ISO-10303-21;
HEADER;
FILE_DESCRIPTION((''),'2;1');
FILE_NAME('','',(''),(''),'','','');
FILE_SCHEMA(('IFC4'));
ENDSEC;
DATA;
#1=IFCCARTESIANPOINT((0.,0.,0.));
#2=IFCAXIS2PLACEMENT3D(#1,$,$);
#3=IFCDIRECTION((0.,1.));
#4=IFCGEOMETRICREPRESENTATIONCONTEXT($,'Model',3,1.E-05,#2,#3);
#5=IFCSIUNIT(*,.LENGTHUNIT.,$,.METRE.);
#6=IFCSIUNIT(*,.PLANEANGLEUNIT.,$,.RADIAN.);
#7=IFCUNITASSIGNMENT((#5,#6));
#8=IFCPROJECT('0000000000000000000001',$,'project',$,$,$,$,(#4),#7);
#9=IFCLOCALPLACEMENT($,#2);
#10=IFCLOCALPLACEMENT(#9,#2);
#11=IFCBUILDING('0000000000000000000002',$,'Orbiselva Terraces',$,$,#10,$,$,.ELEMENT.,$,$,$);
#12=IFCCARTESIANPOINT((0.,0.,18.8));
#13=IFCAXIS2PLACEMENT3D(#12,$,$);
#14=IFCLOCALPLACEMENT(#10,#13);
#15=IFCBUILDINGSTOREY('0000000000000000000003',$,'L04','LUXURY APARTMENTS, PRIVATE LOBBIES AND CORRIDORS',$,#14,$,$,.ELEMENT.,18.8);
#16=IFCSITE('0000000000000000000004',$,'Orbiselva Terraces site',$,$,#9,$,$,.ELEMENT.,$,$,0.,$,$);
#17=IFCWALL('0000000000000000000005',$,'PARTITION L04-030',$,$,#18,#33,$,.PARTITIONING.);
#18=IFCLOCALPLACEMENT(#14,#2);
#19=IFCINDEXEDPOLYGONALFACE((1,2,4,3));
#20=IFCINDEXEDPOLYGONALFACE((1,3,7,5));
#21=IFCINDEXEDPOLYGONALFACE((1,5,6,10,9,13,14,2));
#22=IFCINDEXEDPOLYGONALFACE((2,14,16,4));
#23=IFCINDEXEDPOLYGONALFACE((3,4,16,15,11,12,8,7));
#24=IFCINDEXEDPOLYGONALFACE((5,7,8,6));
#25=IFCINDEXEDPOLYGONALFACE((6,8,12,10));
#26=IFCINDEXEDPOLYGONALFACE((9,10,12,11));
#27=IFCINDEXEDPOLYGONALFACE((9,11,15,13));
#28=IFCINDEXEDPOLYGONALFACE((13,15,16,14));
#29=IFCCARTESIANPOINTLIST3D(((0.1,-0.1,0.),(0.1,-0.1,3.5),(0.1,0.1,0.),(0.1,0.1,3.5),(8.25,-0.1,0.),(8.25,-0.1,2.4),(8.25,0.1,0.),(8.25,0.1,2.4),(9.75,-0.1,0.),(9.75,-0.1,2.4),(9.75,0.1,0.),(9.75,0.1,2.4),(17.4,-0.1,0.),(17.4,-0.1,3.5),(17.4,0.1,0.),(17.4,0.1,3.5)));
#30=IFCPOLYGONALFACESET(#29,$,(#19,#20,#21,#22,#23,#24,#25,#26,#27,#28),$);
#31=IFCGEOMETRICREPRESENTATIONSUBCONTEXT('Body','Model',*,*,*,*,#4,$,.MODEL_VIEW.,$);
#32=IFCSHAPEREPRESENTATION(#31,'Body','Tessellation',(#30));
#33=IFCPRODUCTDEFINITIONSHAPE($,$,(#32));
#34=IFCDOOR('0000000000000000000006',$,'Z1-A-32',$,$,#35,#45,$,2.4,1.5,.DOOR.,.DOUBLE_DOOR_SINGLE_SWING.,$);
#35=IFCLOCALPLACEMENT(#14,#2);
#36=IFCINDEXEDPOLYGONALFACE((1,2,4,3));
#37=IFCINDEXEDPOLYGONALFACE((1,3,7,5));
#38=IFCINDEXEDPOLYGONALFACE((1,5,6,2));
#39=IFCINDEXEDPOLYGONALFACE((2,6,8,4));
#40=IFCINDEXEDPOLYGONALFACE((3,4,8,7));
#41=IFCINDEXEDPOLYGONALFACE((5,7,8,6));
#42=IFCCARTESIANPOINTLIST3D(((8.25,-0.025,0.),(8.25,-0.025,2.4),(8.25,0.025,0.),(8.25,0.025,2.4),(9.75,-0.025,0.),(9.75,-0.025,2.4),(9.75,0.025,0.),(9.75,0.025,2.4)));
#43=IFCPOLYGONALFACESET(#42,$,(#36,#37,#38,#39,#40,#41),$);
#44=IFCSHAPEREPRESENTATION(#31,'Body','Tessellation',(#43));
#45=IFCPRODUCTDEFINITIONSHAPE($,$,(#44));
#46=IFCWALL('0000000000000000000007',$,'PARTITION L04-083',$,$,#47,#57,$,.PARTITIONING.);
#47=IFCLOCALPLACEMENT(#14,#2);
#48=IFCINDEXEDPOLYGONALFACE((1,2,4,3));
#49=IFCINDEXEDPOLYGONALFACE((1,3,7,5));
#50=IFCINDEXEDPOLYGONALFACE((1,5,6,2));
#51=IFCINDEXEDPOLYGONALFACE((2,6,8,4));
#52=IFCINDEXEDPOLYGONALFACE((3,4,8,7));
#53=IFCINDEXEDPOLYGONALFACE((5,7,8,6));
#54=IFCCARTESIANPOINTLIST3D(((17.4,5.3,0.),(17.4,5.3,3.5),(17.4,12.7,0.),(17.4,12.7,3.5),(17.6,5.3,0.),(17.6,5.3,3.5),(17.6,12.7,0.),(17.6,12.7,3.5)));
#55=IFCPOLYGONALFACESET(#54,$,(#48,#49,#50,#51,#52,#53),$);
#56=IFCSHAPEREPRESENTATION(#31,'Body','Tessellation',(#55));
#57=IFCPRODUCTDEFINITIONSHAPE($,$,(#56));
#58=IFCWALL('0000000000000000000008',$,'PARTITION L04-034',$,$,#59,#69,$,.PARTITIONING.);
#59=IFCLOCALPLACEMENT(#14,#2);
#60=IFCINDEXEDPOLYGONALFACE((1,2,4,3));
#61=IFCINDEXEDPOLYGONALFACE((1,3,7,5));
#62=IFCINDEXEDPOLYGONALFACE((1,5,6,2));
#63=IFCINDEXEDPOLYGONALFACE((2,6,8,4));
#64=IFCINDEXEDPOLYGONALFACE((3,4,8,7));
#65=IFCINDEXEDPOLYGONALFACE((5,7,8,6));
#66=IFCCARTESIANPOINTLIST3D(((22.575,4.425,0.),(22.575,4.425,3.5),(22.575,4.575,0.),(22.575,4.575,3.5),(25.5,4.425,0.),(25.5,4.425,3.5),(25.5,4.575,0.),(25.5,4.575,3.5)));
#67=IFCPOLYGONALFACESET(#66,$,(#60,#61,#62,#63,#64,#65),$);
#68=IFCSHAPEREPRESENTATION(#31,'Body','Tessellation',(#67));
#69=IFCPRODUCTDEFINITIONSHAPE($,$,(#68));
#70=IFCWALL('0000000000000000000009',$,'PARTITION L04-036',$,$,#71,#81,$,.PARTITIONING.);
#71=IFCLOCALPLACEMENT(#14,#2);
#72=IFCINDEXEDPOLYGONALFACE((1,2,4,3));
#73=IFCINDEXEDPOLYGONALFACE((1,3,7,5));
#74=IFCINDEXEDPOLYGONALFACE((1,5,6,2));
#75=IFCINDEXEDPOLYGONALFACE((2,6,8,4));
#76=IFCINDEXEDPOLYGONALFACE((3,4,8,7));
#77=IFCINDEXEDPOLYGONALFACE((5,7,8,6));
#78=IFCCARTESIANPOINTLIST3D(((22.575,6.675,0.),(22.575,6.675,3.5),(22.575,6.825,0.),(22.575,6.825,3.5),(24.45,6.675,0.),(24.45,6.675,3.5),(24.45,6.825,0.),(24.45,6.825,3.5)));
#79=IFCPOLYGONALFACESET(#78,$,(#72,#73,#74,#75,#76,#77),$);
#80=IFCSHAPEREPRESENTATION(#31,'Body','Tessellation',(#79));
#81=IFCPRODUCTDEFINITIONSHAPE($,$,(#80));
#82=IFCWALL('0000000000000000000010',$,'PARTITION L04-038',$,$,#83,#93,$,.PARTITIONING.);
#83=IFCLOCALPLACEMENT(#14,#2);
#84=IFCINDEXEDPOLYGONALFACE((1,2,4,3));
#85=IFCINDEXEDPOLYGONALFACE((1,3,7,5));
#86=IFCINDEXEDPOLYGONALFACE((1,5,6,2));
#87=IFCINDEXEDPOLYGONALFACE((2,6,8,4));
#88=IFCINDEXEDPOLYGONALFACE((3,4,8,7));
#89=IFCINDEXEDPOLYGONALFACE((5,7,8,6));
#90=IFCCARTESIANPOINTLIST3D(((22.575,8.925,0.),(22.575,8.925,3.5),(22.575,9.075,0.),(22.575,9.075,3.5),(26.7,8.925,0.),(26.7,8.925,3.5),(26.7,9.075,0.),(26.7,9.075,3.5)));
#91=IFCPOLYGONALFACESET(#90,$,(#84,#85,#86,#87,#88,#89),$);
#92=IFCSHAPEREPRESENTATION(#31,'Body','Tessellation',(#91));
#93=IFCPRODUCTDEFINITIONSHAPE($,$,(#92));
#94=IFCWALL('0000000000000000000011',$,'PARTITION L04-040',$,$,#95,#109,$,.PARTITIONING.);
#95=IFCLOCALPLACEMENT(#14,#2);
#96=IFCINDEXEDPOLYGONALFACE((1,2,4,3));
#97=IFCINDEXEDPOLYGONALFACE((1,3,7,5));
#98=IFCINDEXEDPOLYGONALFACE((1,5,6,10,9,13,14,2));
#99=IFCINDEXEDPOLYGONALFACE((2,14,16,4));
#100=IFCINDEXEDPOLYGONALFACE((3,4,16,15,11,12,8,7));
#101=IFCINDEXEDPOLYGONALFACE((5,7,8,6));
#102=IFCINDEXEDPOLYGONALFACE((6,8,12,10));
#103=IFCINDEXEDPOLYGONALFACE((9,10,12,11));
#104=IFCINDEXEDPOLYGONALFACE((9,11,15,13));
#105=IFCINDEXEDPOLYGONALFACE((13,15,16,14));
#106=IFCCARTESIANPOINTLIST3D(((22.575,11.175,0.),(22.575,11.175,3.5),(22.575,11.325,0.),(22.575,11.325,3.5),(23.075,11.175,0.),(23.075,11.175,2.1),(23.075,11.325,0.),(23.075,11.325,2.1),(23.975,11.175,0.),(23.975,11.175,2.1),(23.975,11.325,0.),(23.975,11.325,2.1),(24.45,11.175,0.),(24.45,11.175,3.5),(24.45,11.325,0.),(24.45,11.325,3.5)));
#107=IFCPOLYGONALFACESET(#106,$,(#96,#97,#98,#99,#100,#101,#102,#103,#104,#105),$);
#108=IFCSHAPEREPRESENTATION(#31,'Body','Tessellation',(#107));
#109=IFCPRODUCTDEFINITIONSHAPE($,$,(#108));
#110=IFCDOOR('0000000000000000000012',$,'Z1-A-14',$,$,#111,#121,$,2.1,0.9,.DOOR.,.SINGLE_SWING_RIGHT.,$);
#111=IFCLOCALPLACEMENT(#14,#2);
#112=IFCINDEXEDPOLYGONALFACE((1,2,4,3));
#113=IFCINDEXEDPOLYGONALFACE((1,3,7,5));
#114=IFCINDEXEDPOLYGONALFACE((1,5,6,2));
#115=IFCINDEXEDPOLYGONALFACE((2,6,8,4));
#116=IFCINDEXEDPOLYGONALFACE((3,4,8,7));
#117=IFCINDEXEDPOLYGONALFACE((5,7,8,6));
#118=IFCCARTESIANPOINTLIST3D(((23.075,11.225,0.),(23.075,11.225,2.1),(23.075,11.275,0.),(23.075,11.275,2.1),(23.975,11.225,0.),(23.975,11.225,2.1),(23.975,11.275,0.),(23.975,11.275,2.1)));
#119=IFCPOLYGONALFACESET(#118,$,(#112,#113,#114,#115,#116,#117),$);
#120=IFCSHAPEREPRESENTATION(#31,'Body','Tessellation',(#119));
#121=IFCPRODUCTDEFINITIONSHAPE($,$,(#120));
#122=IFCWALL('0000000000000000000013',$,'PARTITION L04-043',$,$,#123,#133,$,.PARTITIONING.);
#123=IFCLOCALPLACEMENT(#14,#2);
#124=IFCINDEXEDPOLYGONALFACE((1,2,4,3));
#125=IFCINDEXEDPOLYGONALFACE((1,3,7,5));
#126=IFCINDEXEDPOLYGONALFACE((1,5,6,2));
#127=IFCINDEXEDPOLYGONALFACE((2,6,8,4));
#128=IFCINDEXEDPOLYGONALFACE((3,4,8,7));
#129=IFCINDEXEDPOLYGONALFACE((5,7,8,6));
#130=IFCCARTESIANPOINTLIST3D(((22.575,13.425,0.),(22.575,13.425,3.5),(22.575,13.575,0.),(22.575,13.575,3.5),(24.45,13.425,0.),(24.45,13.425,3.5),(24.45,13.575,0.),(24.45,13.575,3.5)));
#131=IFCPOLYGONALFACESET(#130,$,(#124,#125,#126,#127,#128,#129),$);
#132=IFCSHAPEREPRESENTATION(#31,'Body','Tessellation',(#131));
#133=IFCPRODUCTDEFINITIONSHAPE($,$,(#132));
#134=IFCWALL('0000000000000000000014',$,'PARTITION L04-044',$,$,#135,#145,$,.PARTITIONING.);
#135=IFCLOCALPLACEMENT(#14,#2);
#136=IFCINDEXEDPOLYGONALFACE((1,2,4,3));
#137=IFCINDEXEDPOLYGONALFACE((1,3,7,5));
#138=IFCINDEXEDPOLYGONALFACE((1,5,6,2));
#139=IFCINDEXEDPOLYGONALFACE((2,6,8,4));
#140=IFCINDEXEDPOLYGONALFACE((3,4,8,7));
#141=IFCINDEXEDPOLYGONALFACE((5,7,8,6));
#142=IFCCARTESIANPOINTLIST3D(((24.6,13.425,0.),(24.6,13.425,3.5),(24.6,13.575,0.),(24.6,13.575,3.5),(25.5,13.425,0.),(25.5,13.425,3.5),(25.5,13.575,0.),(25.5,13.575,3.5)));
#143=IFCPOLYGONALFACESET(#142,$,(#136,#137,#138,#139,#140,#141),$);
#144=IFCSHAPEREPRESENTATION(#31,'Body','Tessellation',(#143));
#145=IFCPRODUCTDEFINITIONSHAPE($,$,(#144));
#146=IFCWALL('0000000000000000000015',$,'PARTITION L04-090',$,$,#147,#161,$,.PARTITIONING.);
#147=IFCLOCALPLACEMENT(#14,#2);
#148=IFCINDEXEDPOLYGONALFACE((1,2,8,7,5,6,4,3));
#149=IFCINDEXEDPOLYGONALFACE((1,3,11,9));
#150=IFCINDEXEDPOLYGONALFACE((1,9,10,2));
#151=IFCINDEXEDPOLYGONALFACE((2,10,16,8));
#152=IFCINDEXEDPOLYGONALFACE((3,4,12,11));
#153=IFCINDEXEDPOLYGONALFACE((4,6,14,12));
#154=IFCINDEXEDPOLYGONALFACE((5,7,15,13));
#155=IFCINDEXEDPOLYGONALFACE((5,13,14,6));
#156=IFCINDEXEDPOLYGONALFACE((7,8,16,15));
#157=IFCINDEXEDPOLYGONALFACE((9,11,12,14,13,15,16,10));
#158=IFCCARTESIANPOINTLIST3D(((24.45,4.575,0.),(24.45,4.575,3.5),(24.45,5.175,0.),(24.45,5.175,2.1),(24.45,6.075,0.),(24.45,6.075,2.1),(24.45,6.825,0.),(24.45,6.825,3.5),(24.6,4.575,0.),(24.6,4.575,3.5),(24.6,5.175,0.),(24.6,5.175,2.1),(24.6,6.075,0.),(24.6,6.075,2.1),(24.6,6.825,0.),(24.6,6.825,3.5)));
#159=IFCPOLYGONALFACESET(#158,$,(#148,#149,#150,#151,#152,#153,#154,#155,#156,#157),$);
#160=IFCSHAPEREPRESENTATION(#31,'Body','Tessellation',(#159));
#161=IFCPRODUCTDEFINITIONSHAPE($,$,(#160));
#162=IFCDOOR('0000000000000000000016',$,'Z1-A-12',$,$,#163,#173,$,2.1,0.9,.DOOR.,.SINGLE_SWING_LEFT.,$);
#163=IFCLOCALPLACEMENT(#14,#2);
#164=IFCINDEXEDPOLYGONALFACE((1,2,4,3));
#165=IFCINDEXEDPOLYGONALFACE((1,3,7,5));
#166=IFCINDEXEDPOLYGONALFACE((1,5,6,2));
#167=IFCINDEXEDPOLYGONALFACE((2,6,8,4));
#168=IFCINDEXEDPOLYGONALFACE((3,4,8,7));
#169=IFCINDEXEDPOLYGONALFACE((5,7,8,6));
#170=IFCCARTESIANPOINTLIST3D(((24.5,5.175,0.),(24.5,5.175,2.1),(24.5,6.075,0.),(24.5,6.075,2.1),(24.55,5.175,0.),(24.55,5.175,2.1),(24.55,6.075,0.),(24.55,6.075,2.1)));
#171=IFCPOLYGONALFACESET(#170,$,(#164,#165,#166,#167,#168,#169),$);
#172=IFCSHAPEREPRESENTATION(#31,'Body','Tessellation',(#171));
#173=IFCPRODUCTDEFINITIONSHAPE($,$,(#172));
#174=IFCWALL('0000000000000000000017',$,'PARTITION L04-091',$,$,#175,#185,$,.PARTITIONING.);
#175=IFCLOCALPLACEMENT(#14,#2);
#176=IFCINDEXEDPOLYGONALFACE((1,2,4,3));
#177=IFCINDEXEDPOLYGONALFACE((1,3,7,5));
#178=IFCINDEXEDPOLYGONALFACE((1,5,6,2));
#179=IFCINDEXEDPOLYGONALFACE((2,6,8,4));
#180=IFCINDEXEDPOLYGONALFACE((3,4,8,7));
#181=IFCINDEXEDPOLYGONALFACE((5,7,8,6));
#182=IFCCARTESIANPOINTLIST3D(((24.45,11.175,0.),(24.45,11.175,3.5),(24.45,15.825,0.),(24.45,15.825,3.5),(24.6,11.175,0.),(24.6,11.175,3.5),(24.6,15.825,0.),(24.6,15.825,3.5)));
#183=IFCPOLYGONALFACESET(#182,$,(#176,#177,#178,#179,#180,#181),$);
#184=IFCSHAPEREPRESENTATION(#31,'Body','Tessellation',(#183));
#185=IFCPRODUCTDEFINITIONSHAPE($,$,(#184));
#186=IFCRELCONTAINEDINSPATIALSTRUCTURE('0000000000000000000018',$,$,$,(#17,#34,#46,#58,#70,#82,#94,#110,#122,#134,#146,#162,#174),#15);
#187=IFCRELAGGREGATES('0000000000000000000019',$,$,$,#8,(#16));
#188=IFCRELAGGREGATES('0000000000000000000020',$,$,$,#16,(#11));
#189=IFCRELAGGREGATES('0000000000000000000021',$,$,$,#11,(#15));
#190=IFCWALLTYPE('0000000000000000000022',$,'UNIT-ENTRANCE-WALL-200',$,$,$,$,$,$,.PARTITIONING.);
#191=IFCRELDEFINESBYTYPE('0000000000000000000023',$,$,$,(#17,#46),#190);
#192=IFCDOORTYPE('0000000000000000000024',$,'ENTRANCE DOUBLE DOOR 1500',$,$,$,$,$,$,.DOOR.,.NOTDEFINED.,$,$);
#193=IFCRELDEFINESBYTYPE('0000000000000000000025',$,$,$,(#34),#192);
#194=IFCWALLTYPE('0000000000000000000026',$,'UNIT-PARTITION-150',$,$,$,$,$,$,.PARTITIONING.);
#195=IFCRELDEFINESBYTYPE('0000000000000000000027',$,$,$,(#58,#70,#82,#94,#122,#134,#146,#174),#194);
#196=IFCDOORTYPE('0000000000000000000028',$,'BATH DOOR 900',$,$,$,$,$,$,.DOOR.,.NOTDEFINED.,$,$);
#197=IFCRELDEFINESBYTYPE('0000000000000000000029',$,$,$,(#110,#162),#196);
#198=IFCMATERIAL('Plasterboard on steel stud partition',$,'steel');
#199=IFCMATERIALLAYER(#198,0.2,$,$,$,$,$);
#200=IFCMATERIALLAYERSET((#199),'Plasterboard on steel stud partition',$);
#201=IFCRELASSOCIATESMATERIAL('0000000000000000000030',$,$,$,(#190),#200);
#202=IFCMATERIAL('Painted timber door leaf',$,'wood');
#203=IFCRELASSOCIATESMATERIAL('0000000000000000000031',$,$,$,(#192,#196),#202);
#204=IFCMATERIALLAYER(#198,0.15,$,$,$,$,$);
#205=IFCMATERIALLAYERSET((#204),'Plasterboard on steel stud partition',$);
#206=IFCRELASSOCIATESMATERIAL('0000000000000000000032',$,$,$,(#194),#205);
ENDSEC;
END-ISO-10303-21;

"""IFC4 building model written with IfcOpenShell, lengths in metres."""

from ifc_helpers import new_model, si_unit, direction, frame, frame_2d, origin, place, context, subcontext, project, spatial, rectangle, extrude, material, layer, layer_set, type_object, element, fill, save


model = new_model("IFC4")

# Units and contexts
model_context = context("Model", 3, precision=1e-05, world=origin(), true_north=direction((0.0, 1.0)))
body_context = subcontext(model_context, "Body", "Model", "MODEL_VIEW")
ifc_project = project(units=[si_unit("LENGTHUNIT", "METRE"), si_unit("PLANEANGLEUNIT", "RADIAN")], contexts=[model_context])

# Site, building, storey
site_placement = place(None, origin())
site = spatial("IfcSite", under=ifc_project, at=site_placement, Name="Orbiselva Terraces site", CompositionType="ELEMENT", RefElevation=0.0)
building_placement = place(site_placement, origin())
building = spatial("IfcBuilding", under=site, at=building_placement, Name="Orbiselva Terraces", CompositionType="ELEMENT")
storey_placement = place(building_placement, frame((0.0, 0.0, 18.8)))
storey = spatial("IfcBuildingStorey", under=building, at=storey_placement, Name="L04", Description="LUXURY APARTMENTS, PRIVATE LOBBIES AND CORRIDORS", CompositionType="ELEMENT", Elevation=18.8)

# Wall, opening, door
ifc_material_1 = material(Name="Plasterboard on steel stud partition", Category="steel")
ifc_layer_1 = layer(ifc_material_1, 0.2)
ifc_layer_set_1 = layer_set([ifc_layer_1], Name="Plasterboard on steel stud partition")
wall_type_1 = type_object("IfcWallType", Name="UNIT-ENTRANCE-WALL-200", PredefinedType="PARTITIONING", material=ifc_layer_set_1)
wall_1_placement = place(storey_placement, frame((17.4, 0.0, 0.0), z_axis=(0.0, 0.0, 1.0), x_axis=(-1.0, 0.0, 0.0)))
wall_1 = element("IfcWall", 1, at=wall_1_placement, inside=storey, type_object=wall_type_1, Name="PARTITION L04-030", PredefinedType="PARTITIONING", context=body_context, shape_type="SweptSolid", body=[
    extrude(rectangle(XDim=17.3, YDim=0.2, at=frame_2d((8.65, 0.0))), origin(), (0.0, 0.0, 1.0), 3.5),
])
opening_1_placement = place(wall_1_placement, frame((7.65, 0.0, 0.0)))
opening_1 = element("IfcOpeningElement", 2, at=opening_1_placement, cuts=wall_1, PredefinedType="OPENING", context=body_context, shape_type="SweptSolid", body=[
    extrude(rectangle(XDim=1.5, YDim=2.4, at=frame_2d((0.75, 1.2))), frame((0.0, 0.11, 0.0), z_axis=(0.0, -1.0, 0.0), x_axis=(1.0, 0.0, 0.0)), (0.0, 0.0, 1.0), 0.22),
])
ifc_material_2 = material(Name="Painted timber door leaf", Category="wood")
door_type_1 = type_object("IfcDoorType", Name="ENTRANCE DOUBLE DOOR 1500", OperationType="NOTDEFINED", PredefinedType="DOOR", material=ifc_material_2)
door_1_placement = place(opening_1_placement, origin())
door_1 = element("IfcDoor", 3, at=door_1_placement, inside=storey, type_object=door_type_1, Name="Z1-A-32", OperationType="DOUBLE_DOOR_SINGLE_SWING", OverallHeight=2.4, OverallWidth=1.5, PredefinedType="DOOR", context=body_context, shape_type="SweptSolid", body=[
    extrude(rectangle(XDim=1.5, YDim=2.4, at=frame_2d((0.75, 1.2))), frame((0.0, 0.025, 0.0), z_axis=(0.0, -1.0, 0.0), x_axis=(1.0, 0.0, 0.0)), (0.0, 0.0, 1.0), 0.05),
])
fill(opening_1, door_1)

# Walls
wall_2_placement = place(storey_placement, frame((17.5, 5.3, 0.0), z_axis=(0.0, 0.0, 1.0), x_axis=(0.0, 1.0, 0.0)))
element("IfcWall", 4, at=wall_2_placement, inside=storey, type_object=wall_type_1, Name="PARTITION L04-083", PredefinedType="PARTITIONING", context=body_context, shape_type="SweptSolid", body=[
    extrude(rectangle(XDim=7.4, YDim=0.2, at=frame_2d((3.7, 0.0))), origin(), (0.0, 0.0, 1.0), 3.5),
])
ifc_layer_2 = layer(ifc_material_1, 0.15)
ifc_layer_set_2 = layer_set([ifc_layer_2], Name="Plasterboard on steel stud partition")
wall_type_2 = type_object("IfcWallType", Name="UNIT-PARTITION-150", PredefinedType="PARTITIONING", material=ifc_layer_set_2)
wall_3_placement = place(storey_placement, frame((22.575, 4.5, 0.0), z_axis=(0.0, 0.0, 1.0), x_axis=(1.0, 0.0, 0.0)))
element("IfcWall", 5, at=wall_3_placement, inside=storey, type_object=wall_type_2, Name="PARTITION L04-034", PredefinedType="PARTITIONING", context=body_context, shape_type="SweptSolid", body=[
    extrude(rectangle(XDim=2.925, YDim=0.15, at=frame_2d((1.4625, 0.0))), origin(), (0.0, 0.0, 1.0), 3.5),
])
wall_4_placement = place(storey_placement, frame((22.575, 6.75, 0.0), z_axis=(0.0, 0.0, 1.0), x_axis=(1.0, 0.0, 0.0)))
element("IfcWall", 6, at=wall_4_placement, inside=storey, type_object=wall_type_2, Name="PARTITION L04-036", PredefinedType="PARTITIONING", context=body_context, shape_type="SweptSolid", body=[
    extrude(rectangle(XDim=1.875, YDim=0.15, at=frame_2d((0.9375, 0.0))), origin(), (0.0, 0.0, 1.0), 3.5),
])
wall_5_placement = place(storey_placement, frame((22.575, 9.0, 0.0), z_axis=(0.0, 0.0, 1.0), x_axis=(1.0, 0.0, 0.0)))
element("IfcWall", 7, at=wall_5_placement, inside=storey, type_object=wall_type_2, Name="PARTITION L04-038", PredefinedType="PARTITIONING", context=body_context, shape_type="SweptSolid", body=[
    extrude(rectangle(XDim=4.125, YDim=0.15, at=frame_2d((2.0625, 0.0))), origin(), (0.0, 0.0, 1.0), 3.5),
])

# Wall, opening, door
wall_6_placement = place(storey_placement, frame((22.575, 11.25, 0.0), z_axis=(0.0, 0.0, 1.0), x_axis=(1.0, 0.0, 0.0)))
wall_6 = element("IfcWall", 8, at=wall_6_placement, inside=storey, type_object=wall_type_2, Name="PARTITION L04-040", PredefinedType="PARTITIONING", context=body_context, shape_type="SweptSolid", body=[
    extrude(rectangle(XDim=1.875, YDim=0.15, at=frame_2d((0.9375, 0.0))), origin(), (0.0, 0.0, 1.0), 3.5),
])
opening_2_placement = place(wall_6_placement, frame((0.5, 0.0, 0.0)))
opening_2 = element("IfcOpeningElement", 9, at=opening_2_placement, cuts=wall_6, PredefinedType="OPENING", context=body_context, shape_type="SweptSolid", body=[
    extrude(rectangle(XDim=0.9, YDim=2.1, at=frame_2d((0.45, 1.05))), frame((0.0, 0.085, 0.0), z_axis=(0.0, -1.0, 0.0), x_axis=(1.0, 0.0, 0.0)), (0.0, 0.0, 1.0), 0.17),
])
door_type_2 = type_object("IfcDoorType", Name="BATH DOOR 900", OperationType="NOTDEFINED", PredefinedType="DOOR", material=ifc_material_2)
door_2_placement = place(opening_2_placement, origin())
door_2 = element("IfcDoor", 10, at=door_2_placement, inside=storey, type_object=door_type_2, Name="Z1-A-14", OperationType="SINGLE_SWING_RIGHT", OverallHeight=2.1, OverallWidth=0.9, PredefinedType="DOOR", context=body_context, shape_type="SweptSolid", body=[
    extrude(rectangle(XDim=0.9, YDim=2.1, at=frame_2d((0.45, 1.05))), frame((0.0, 0.025, 0.0), z_axis=(0.0, -1.0, 0.0), x_axis=(1.0, 0.0, 0.0)), (0.0, 0.0, 1.0), 0.05),
])
fill(opening_2, door_2)

# Walls
wall_7_placement = place(storey_placement, frame((22.575, 13.5, 0.0), z_axis=(0.0, 0.0, 1.0), x_axis=(1.0, 0.0, 0.0)))
element("IfcWall", 11, at=wall_7_placement, inside=storey, type_object=wall_type_2, Name="PARTITION L04-043", PredefinedType="PARTITIONING", context=body_context, shape_type="SweptSolid", body=[
    extrude(rectangle(XDim=1.875, YDim=0.15, at=frame_2d((0.9375, 0.0))), origin(), (0.0, 0.0, 1.0), 3.5),
])
wall_8_placement = place(storey_placement, frame((24.6, 13.5, 0.0), z_axis=(0.0, 0.0, 1.0), x_axis=(1.0, 0.0, 0.0)))
element("IfcWall", 12, at=wall_8_placement, inside=storey, type_object=wall_type_2, Name="PARTITION L04-044", PredefinedType="PARTITIONING", context=body_context, shape_type="SweptSolid", body=[
    extrude(rectangle(XDim=0.9, YDim=0.15, at=frame_2d((0.45, 0.0))), origin(), (0.0, 0.0, 1.0), 3.5),
])

# Wall, opening, door
wall_9_placement = place(storey_placement, frame((24.525, 4.575, 0.0), z_axis=(0.0, 0.0, 1.0), x_axis=(0.0, 1.0, 0.0)))
wall_9 = element("IfcWall", 13, at=wall_9_placement, inside=storey, type_object=wall_type_2, Name="PARTITION L04-090", PredefinedType="PARTITIONING", context=body_context, shape_type="SweptSolid", body=[
    extrude(rectangle(XDim=2.25, YDim=0.15, at=frame_2d((1.125, 0.0))), origin(), (0.0, 0.0, 1.0), 3.5),
])
opening_3_placement = place(wall_9_placement, frame((0.6, 0.0, 0.0)))
opening_3 = element("IfcOpeningElement", 14, at=opening_3_placement, cuts=wall_9, PredefinedType="OPENING", context=body_context, shape_type="SweptSolid", body=[
    extrude(rectangle(XDim=0.9, YDim=2.1, at=frame_2d((0.45, 1.05))), frame((0.0, 0.085, 0.0), z_axis=(0.0, -1.0, 0.0), x_axis=(1.0, 0.0, 0.0)), (0.0, 0.0, 1.0), 0.17),
])
door_3_placement = place(opening_3_placement, origin())
door_3 = element("IfcDoor", 15, at=door_3_placement, inside=storey, type_object=door_type_2, Name="Z1-A-12", OperationType="SINGLE_SWING_LEFT", OverallHeight=2.1, OverallWidth=0.9, PredefinedType="DOOR", context=body_context, shape_type="SweptSolid", body=[
    extrude(rectangle(XDim=0.9, YDim=2.1, at=frame_2d((0.45, 1.05))), frame((0.0, 0.025, 0.0), z_axis=(0.0, -1.0, 0.0), x_axis=(1.0, 0.0, 0.0)), (0.0, 0.0, 1.0), 0.05),
])
fill(opening_3, door_3)

# Wall
wall_10_placement = place(storey_placement, frame((24.525, 11.175, 0.0), z_axis=(0.0, 0.0, 1.0), x_axis=(0.0, 1.0, 0.0)))
element("IfcWall", 16, at=wall_10_placement, inside=storey, type_object=wall_type_2, Name="PARTITION L04-091", PredefinedType="PARTITIONING", context=body_context, shape_type="SweptSolid", body=[
    extrude(rectangle(XDim=4.65, YDim=0.15, at=frame_2d((2.325, 0.0))), origin(), (0.0, 0.0, 1.0), 3.5),
])

save(model, "model.ifc")
